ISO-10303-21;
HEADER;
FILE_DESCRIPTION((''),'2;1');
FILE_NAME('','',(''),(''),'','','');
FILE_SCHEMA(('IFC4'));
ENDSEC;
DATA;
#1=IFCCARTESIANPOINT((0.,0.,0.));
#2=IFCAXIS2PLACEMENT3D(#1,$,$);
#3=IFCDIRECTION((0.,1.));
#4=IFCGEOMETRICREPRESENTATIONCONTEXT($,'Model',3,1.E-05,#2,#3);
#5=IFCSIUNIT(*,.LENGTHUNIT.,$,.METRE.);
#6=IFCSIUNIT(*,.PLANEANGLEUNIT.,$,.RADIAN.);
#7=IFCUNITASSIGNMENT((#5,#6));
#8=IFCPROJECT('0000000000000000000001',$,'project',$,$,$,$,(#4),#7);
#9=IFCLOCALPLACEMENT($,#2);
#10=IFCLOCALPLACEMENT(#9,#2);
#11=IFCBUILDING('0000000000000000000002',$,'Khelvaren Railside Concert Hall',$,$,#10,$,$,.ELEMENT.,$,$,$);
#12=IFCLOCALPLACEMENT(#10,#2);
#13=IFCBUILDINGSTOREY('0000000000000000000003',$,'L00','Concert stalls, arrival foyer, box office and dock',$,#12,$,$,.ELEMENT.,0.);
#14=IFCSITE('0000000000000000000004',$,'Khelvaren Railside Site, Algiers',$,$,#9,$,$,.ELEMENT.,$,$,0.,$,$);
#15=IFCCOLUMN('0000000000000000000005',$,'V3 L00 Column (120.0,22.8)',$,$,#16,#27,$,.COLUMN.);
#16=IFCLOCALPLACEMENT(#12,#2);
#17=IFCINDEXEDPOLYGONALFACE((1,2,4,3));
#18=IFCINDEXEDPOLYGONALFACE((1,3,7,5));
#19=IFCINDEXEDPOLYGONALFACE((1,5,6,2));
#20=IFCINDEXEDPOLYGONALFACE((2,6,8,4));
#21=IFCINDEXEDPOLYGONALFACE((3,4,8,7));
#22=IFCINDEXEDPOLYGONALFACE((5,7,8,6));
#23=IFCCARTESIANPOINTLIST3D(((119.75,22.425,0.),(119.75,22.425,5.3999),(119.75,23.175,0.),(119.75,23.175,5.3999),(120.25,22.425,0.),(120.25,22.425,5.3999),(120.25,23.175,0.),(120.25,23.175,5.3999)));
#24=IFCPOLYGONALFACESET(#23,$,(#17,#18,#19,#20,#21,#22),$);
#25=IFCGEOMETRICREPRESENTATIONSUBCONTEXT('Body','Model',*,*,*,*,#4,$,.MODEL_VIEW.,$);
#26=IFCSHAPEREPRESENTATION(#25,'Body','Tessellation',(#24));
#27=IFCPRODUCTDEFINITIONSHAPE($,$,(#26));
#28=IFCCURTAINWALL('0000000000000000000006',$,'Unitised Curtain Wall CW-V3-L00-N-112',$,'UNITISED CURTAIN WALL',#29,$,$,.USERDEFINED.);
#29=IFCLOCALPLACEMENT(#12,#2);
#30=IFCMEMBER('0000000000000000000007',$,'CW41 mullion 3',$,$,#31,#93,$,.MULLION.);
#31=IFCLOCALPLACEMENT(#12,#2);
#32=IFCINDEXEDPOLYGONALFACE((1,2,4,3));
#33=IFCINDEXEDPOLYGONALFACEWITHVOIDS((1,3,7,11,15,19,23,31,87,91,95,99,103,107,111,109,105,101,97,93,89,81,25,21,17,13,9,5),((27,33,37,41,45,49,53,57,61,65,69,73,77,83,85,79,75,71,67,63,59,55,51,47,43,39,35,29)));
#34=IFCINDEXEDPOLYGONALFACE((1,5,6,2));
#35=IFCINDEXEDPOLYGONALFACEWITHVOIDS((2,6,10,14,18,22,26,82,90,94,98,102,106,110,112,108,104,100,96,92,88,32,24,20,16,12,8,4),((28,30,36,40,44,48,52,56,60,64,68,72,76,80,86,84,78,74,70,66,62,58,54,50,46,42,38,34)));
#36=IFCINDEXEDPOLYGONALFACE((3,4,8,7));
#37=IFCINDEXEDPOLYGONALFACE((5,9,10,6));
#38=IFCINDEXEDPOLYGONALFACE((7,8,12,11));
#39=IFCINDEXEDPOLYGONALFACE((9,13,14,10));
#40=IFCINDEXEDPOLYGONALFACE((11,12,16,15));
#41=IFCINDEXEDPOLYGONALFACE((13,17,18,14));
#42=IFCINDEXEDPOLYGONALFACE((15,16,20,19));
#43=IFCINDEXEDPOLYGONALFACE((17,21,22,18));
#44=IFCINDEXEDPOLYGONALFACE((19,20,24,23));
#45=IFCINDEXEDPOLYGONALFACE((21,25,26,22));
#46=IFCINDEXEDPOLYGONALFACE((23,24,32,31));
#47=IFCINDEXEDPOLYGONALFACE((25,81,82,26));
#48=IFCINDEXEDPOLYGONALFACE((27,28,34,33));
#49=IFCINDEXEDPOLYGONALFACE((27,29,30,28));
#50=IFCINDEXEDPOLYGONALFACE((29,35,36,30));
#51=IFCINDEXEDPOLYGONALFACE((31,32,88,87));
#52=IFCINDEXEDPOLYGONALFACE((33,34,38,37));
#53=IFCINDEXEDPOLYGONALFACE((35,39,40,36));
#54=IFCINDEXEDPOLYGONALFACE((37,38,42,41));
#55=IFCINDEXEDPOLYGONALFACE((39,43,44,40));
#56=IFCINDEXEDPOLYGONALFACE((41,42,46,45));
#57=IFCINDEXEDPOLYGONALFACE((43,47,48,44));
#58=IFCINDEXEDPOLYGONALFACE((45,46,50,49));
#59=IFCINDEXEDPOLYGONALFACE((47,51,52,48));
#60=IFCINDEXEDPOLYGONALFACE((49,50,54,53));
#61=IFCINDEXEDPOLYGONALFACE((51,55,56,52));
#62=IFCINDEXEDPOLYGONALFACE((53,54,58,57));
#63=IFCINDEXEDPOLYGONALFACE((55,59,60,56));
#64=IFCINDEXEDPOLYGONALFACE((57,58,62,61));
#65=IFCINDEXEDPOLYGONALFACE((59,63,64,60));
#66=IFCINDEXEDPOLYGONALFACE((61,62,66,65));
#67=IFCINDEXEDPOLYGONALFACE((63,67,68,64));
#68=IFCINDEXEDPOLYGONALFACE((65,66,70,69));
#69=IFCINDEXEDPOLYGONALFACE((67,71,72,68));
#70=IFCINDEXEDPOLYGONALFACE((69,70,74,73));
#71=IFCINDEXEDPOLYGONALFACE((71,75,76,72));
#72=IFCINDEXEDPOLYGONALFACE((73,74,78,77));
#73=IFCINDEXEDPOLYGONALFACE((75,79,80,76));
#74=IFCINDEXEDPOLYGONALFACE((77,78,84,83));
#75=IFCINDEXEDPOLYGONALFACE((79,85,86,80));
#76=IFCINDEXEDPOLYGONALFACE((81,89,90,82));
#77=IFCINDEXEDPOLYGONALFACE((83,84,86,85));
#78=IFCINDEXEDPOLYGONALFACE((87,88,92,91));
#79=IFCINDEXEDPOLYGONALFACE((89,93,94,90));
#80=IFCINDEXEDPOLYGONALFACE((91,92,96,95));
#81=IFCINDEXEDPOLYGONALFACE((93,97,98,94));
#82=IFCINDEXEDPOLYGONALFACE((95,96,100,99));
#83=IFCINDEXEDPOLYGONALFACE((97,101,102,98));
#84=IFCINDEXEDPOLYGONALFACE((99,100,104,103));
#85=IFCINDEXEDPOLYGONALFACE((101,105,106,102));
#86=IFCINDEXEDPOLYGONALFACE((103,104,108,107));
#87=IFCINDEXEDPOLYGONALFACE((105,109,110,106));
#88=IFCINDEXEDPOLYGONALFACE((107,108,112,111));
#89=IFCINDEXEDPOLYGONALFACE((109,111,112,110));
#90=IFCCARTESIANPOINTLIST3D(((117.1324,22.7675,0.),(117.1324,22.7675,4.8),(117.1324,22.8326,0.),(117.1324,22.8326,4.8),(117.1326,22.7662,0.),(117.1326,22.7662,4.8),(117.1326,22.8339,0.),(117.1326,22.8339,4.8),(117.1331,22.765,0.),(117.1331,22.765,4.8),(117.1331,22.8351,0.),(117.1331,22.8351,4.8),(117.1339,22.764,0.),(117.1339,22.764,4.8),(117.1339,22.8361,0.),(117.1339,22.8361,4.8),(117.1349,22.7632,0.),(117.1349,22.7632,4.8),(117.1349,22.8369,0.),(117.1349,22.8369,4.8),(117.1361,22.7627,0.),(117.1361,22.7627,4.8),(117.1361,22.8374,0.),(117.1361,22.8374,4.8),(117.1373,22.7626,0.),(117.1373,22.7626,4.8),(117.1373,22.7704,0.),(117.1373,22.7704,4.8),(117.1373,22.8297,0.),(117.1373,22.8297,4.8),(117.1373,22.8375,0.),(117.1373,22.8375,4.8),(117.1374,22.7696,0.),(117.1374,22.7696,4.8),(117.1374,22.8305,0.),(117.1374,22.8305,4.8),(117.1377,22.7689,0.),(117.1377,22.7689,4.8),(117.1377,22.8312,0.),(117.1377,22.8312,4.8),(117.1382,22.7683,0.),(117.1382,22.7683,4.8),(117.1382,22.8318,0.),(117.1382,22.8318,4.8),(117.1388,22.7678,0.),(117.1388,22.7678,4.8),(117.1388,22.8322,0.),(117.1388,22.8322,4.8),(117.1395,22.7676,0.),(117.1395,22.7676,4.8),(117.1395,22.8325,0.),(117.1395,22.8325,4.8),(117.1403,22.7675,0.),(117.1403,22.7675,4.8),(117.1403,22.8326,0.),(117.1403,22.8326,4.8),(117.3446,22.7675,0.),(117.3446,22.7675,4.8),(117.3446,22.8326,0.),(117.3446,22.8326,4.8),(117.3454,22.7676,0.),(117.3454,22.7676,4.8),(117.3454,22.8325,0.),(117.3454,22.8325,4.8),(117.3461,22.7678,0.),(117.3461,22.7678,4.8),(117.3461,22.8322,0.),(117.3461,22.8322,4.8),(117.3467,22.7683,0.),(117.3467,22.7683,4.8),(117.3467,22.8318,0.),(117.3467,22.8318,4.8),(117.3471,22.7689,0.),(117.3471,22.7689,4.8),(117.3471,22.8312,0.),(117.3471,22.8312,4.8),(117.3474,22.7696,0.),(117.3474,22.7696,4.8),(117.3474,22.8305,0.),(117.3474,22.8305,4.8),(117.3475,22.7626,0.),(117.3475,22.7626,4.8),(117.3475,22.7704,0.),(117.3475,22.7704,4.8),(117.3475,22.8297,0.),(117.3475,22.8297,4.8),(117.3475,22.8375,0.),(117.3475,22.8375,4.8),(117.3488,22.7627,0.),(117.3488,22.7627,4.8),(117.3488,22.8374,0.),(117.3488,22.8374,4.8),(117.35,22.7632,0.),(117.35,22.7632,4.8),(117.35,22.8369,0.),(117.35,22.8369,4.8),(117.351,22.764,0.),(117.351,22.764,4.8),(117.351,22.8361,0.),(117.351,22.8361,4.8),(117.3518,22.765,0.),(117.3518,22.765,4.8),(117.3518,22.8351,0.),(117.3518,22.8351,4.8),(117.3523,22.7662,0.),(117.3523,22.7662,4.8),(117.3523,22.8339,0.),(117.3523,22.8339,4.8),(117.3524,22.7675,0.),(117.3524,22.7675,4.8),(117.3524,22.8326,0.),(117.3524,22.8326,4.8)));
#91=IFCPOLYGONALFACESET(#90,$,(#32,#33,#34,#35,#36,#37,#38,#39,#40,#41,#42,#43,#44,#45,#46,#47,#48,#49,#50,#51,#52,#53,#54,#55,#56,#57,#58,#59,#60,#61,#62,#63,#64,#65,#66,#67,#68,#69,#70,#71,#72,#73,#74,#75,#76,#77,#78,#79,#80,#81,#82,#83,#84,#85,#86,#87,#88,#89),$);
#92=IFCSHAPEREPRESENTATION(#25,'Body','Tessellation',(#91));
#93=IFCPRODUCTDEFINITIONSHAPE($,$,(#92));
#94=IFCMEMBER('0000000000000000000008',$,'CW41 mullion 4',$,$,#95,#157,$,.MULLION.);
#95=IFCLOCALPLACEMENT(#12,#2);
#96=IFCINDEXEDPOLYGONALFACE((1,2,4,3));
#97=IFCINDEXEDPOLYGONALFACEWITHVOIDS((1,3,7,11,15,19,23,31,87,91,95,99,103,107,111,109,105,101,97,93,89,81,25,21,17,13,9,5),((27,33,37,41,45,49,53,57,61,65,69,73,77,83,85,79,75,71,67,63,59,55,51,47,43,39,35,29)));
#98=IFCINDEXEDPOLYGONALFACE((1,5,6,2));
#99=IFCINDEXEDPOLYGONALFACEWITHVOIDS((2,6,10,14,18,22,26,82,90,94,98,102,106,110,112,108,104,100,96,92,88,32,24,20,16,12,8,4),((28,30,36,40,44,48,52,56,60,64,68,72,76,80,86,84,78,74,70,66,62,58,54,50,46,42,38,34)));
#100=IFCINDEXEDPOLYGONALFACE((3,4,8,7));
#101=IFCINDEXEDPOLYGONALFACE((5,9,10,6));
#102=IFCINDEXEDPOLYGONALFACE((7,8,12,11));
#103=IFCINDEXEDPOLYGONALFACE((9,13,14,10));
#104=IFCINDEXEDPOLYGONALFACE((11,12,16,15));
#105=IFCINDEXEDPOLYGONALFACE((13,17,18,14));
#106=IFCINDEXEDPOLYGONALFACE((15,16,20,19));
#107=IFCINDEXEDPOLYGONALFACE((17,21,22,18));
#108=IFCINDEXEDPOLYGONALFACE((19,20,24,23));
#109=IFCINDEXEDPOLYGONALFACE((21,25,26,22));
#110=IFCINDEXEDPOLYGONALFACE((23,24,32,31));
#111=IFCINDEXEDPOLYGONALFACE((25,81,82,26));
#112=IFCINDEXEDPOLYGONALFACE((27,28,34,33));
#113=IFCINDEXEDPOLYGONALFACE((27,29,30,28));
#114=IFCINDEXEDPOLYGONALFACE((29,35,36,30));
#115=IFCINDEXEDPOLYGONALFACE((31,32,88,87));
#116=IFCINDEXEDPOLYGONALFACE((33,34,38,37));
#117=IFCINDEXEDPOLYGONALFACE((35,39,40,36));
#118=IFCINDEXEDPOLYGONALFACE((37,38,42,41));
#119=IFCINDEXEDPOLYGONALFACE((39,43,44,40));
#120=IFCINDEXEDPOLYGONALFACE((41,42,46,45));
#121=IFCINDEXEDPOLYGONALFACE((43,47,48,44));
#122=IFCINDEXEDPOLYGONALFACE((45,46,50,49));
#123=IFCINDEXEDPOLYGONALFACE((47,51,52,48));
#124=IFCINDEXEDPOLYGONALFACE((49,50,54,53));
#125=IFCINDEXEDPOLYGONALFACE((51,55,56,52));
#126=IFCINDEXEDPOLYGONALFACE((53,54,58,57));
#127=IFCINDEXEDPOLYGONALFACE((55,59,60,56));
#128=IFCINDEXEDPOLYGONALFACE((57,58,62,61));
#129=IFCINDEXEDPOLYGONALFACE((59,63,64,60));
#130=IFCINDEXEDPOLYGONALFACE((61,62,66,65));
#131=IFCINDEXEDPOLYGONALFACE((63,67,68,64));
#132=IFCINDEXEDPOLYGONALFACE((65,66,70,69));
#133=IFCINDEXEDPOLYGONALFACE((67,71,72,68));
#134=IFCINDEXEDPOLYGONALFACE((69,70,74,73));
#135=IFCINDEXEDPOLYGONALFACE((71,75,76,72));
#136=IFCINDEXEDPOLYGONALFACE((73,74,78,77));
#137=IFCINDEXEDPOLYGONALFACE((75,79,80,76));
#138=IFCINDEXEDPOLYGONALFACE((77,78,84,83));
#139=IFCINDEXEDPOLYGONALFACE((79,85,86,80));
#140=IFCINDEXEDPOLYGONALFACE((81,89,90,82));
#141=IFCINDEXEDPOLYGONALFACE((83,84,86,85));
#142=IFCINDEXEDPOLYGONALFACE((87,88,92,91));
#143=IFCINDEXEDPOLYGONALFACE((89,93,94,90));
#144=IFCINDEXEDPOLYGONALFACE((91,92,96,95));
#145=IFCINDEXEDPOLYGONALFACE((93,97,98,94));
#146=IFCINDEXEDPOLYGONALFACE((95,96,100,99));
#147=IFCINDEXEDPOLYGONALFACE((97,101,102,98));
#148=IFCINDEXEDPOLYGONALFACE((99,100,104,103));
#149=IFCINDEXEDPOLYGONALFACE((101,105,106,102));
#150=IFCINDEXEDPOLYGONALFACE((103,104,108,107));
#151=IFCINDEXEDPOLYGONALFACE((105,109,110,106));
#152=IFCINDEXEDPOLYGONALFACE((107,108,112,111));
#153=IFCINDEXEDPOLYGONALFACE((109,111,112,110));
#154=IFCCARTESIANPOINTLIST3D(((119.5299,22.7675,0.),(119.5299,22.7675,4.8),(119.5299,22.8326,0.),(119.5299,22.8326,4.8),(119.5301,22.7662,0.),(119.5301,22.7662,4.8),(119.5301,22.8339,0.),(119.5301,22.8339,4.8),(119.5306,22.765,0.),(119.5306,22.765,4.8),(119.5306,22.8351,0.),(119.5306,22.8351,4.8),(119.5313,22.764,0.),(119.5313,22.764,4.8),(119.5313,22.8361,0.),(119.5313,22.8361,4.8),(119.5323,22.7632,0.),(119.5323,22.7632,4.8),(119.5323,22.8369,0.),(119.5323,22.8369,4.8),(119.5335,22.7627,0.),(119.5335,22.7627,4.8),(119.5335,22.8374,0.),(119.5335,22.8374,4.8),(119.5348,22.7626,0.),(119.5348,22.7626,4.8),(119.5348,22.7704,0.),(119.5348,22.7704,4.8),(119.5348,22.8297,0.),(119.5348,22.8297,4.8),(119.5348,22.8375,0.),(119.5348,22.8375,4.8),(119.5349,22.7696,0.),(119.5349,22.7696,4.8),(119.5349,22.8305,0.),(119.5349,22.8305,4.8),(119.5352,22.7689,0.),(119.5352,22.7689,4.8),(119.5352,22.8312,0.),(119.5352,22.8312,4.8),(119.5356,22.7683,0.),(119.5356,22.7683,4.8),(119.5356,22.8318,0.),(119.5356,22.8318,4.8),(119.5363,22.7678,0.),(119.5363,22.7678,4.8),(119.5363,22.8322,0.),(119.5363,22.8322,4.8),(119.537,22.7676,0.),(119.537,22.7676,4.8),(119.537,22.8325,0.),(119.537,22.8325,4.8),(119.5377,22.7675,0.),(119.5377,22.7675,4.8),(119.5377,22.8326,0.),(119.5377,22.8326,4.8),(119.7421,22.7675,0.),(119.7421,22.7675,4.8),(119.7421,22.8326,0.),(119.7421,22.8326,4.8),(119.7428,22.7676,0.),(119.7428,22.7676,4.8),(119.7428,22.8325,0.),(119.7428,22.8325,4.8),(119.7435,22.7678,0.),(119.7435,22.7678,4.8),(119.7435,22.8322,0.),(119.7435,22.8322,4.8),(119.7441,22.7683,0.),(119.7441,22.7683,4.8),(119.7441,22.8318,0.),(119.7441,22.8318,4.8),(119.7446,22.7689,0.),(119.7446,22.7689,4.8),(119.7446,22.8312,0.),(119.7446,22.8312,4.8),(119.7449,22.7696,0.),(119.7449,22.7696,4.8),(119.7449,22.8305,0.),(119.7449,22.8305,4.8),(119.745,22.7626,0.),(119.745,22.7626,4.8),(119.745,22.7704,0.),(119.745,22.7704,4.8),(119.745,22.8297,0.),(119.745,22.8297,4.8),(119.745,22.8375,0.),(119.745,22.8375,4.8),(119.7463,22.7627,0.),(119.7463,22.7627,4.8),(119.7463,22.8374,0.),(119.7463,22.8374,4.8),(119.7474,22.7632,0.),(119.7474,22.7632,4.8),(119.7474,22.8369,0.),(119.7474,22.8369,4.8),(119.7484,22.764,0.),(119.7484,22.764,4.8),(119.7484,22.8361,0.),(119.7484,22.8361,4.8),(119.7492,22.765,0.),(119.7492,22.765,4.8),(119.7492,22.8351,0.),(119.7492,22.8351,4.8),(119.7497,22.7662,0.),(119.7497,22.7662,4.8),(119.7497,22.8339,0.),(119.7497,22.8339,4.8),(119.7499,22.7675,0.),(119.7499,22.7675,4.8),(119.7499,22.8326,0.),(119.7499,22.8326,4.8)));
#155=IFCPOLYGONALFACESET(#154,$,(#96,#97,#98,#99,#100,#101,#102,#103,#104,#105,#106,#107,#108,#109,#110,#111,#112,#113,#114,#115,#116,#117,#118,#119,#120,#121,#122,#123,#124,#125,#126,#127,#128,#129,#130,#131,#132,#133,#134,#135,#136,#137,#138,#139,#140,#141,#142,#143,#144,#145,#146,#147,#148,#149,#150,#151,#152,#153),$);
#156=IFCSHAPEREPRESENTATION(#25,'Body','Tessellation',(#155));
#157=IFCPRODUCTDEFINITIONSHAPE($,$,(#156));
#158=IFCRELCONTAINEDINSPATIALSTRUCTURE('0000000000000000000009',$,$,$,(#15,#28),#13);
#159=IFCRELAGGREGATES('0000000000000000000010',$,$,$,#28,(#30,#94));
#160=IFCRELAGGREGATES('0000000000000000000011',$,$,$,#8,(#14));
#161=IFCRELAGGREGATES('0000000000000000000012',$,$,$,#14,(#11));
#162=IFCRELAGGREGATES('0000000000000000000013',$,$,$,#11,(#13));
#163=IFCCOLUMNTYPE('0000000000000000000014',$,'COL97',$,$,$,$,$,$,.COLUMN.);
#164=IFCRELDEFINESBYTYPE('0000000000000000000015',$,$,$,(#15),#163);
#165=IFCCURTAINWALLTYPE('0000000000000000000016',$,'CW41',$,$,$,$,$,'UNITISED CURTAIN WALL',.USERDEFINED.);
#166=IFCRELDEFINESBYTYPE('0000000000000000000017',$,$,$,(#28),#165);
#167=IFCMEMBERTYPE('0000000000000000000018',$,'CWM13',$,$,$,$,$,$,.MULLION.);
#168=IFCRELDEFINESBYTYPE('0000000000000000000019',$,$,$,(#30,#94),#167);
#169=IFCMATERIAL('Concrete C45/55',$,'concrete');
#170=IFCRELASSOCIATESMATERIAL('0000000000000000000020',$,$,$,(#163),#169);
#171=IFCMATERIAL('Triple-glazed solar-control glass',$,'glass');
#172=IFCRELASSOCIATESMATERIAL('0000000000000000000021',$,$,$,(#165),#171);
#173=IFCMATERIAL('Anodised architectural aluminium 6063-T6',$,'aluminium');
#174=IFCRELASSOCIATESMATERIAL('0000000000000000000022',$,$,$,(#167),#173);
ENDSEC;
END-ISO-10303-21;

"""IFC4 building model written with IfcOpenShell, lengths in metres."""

from ifc_helpers import new_model, si_unit, direction, frame, origin, origin_2d, place, context, subcontext, project, spatial, rectangle, hollow_rectangle, extrude, material, material_profile, profile_set, type_object, element, aggregate, save


model = new_model("IFC4")

# Units and contexts
model_context = context("Model", 3, precision=1e-05, world=origin(), true_north=direction((0.0, 1.0)))
body_context = subcontext(model_context, "Body", "Model", "MODEL_VIEW")
ifc_project = project(units=[si_unit("LENGTHUNIT", "METRE"), si_unit("PLANEANGLEUNIT", "RADIAN")], contexts=[model_context])

# Site, building, storey
site_placement = place(None, origin())
site = spatial("IfcSite", under=ifc_project, at=site_placement, Name="Khelvaren Railside Site, Algiers", CompositionType="ELEMENT", RefElevation=0.0)
building_placement = place(site_placement, origin())
building = spatial("IfcBuilding", under=site, at=building_placement, Name="Khelvaren Railside Concert Hall", CompositionType="ELEMENT")
storey_placement = place(building_placement, origin())
storey = spatial("IfcBuildingStorey", under=building, at=storey_placement, Name="L00", Description="Concert stalls, arrival foyer, box office and dock", CompositionType="ELEMENT", Elevation=0.0)

# Column
ifc_material_1 = material(Name="Concrete C45/55", Category="concrete")
ifc_material_profile_1 = material_profile(ifc_material_1, rectangle(XDim=0.5, YDim=0.75, at=origin_2d()), Name="RC 500x750")
ifc_profile_set_1 = profile_set([ifc_material_profile_1], Name="Concrete C45/55")
column_type = type_object("IfcColumnType", Name="COL97", PredefinedType="COLUMN", material=ifc_profile_set_1)
column_placement = place(storey_placement, frame((120.0, 22.8, 0.0), z_axis=(0.0, 0.0, 1.0), x_axis=(1.0, 0.0, 0.0)))
element("IfcColumn", 1, at=column_placement, inside=storey, type_object=column_type, Name="V3 L00 Column (120.0,22.8)", PredefinedType="COLUMN", context=body_context, shape_type="SweptSolid", body=[
    extrude(rectangle(XDim=0.5, YDim=0.75, at=origin_2d()), origin(), (0.0, 0.0, 1.0), 5.3999),
])

# Curtain wall, members
ifc_material_2 = material(Name="Triple-glazed solar-control glass", Category="glass")
curtain_wall_type_1 = type_object("IfcCurtainWallType", Name="CW41", ElementType="UNITISED CURTAIN WALL", PredefinedType="USERDEFINED", material=ifc_material_2)
curtain_wall_1_placement = place(storey_placement, origin())
curtain_wall_1 = element("IfcCurtainWall", 2, at=curtain_wall_1_placement, inside=storey, type_object=curtain_wall_type_1, Name="Unitised Curtain Wall CW-V3-L00-N-112", ObjectType="UNITISED CURTAIN WALL", PredefinedType="USERDEFINED")
ifc_material_3 = material(Name="Anodised architectural aluminium 6063-T6", Category="aluminium")
ifc_material_profile_2 = material_profile(ifc_material_3, hollow_rectangle(XDim=0.075, YDim=0.22, WallThickness=0.0049, InnerFilletRadius=0.0029, OuterFilletRadius=0.0049, at=origin_2d()), Name="CWM 75x220x5")
ifc_profile_set_2 = profile_set([ifc_material_profile_2], Name="Anodised architectural aluminium 6063-T6")
member_type_1 = type_object("IfcMemberType", Name="CWM13", PredefinedType="MULLION", material=ifc_profile_set_2)
member_1_placement = place(storey_placement, frame((117.2424, 22.8, 0.0), z_axis=(0.0, 0.0, 1.0), x_axis=(0.0, 1.0, 0.0)))
member_1 = element("IfcMember", 3, at=member_1_placement, type_object=member_type_1, Name="CW41 mullion 3", PredefinedType="MULLION", context=body_context, shape_type="SweptSolid", body=[
    extrude(hollow_rectangle(XDim=0.075, YDim=0.22, WallThickness=0.0049, InnerFilletRadius=0.0029, OuterFilletRadius=0.0049, at=origin_2d()), origin(), (0.0, 0.0, 1.0), 4.8),
])
member_2_placement = place(storey_placement, frame((119.6399, 22.8, 0.0), z_axis=(0.0, 0.0, 1.0), x_axis=(0.0, 1.0, 0.0)))
member_2 = element("IfcMember", 4, at=member_2_placement, type_object=member_type_1, Name="CW41 mullion 4", PredefinedType="MULLION", context=body_context, shape_type="SweptSolid", body=[
    extrude(hollow_rectangle(XDim=0.075, YDim=0.22, WallThickness=0.0049, InnerFilletRadius=0.0029, OuterFilletRadius=0.0049, at=origin_2d()), origin(), (0.0, 0.0, 1.0), 4.8),
])

aggregate(curtain_wall_1, [member_1, member_2])

save(model, "model.ifc")
